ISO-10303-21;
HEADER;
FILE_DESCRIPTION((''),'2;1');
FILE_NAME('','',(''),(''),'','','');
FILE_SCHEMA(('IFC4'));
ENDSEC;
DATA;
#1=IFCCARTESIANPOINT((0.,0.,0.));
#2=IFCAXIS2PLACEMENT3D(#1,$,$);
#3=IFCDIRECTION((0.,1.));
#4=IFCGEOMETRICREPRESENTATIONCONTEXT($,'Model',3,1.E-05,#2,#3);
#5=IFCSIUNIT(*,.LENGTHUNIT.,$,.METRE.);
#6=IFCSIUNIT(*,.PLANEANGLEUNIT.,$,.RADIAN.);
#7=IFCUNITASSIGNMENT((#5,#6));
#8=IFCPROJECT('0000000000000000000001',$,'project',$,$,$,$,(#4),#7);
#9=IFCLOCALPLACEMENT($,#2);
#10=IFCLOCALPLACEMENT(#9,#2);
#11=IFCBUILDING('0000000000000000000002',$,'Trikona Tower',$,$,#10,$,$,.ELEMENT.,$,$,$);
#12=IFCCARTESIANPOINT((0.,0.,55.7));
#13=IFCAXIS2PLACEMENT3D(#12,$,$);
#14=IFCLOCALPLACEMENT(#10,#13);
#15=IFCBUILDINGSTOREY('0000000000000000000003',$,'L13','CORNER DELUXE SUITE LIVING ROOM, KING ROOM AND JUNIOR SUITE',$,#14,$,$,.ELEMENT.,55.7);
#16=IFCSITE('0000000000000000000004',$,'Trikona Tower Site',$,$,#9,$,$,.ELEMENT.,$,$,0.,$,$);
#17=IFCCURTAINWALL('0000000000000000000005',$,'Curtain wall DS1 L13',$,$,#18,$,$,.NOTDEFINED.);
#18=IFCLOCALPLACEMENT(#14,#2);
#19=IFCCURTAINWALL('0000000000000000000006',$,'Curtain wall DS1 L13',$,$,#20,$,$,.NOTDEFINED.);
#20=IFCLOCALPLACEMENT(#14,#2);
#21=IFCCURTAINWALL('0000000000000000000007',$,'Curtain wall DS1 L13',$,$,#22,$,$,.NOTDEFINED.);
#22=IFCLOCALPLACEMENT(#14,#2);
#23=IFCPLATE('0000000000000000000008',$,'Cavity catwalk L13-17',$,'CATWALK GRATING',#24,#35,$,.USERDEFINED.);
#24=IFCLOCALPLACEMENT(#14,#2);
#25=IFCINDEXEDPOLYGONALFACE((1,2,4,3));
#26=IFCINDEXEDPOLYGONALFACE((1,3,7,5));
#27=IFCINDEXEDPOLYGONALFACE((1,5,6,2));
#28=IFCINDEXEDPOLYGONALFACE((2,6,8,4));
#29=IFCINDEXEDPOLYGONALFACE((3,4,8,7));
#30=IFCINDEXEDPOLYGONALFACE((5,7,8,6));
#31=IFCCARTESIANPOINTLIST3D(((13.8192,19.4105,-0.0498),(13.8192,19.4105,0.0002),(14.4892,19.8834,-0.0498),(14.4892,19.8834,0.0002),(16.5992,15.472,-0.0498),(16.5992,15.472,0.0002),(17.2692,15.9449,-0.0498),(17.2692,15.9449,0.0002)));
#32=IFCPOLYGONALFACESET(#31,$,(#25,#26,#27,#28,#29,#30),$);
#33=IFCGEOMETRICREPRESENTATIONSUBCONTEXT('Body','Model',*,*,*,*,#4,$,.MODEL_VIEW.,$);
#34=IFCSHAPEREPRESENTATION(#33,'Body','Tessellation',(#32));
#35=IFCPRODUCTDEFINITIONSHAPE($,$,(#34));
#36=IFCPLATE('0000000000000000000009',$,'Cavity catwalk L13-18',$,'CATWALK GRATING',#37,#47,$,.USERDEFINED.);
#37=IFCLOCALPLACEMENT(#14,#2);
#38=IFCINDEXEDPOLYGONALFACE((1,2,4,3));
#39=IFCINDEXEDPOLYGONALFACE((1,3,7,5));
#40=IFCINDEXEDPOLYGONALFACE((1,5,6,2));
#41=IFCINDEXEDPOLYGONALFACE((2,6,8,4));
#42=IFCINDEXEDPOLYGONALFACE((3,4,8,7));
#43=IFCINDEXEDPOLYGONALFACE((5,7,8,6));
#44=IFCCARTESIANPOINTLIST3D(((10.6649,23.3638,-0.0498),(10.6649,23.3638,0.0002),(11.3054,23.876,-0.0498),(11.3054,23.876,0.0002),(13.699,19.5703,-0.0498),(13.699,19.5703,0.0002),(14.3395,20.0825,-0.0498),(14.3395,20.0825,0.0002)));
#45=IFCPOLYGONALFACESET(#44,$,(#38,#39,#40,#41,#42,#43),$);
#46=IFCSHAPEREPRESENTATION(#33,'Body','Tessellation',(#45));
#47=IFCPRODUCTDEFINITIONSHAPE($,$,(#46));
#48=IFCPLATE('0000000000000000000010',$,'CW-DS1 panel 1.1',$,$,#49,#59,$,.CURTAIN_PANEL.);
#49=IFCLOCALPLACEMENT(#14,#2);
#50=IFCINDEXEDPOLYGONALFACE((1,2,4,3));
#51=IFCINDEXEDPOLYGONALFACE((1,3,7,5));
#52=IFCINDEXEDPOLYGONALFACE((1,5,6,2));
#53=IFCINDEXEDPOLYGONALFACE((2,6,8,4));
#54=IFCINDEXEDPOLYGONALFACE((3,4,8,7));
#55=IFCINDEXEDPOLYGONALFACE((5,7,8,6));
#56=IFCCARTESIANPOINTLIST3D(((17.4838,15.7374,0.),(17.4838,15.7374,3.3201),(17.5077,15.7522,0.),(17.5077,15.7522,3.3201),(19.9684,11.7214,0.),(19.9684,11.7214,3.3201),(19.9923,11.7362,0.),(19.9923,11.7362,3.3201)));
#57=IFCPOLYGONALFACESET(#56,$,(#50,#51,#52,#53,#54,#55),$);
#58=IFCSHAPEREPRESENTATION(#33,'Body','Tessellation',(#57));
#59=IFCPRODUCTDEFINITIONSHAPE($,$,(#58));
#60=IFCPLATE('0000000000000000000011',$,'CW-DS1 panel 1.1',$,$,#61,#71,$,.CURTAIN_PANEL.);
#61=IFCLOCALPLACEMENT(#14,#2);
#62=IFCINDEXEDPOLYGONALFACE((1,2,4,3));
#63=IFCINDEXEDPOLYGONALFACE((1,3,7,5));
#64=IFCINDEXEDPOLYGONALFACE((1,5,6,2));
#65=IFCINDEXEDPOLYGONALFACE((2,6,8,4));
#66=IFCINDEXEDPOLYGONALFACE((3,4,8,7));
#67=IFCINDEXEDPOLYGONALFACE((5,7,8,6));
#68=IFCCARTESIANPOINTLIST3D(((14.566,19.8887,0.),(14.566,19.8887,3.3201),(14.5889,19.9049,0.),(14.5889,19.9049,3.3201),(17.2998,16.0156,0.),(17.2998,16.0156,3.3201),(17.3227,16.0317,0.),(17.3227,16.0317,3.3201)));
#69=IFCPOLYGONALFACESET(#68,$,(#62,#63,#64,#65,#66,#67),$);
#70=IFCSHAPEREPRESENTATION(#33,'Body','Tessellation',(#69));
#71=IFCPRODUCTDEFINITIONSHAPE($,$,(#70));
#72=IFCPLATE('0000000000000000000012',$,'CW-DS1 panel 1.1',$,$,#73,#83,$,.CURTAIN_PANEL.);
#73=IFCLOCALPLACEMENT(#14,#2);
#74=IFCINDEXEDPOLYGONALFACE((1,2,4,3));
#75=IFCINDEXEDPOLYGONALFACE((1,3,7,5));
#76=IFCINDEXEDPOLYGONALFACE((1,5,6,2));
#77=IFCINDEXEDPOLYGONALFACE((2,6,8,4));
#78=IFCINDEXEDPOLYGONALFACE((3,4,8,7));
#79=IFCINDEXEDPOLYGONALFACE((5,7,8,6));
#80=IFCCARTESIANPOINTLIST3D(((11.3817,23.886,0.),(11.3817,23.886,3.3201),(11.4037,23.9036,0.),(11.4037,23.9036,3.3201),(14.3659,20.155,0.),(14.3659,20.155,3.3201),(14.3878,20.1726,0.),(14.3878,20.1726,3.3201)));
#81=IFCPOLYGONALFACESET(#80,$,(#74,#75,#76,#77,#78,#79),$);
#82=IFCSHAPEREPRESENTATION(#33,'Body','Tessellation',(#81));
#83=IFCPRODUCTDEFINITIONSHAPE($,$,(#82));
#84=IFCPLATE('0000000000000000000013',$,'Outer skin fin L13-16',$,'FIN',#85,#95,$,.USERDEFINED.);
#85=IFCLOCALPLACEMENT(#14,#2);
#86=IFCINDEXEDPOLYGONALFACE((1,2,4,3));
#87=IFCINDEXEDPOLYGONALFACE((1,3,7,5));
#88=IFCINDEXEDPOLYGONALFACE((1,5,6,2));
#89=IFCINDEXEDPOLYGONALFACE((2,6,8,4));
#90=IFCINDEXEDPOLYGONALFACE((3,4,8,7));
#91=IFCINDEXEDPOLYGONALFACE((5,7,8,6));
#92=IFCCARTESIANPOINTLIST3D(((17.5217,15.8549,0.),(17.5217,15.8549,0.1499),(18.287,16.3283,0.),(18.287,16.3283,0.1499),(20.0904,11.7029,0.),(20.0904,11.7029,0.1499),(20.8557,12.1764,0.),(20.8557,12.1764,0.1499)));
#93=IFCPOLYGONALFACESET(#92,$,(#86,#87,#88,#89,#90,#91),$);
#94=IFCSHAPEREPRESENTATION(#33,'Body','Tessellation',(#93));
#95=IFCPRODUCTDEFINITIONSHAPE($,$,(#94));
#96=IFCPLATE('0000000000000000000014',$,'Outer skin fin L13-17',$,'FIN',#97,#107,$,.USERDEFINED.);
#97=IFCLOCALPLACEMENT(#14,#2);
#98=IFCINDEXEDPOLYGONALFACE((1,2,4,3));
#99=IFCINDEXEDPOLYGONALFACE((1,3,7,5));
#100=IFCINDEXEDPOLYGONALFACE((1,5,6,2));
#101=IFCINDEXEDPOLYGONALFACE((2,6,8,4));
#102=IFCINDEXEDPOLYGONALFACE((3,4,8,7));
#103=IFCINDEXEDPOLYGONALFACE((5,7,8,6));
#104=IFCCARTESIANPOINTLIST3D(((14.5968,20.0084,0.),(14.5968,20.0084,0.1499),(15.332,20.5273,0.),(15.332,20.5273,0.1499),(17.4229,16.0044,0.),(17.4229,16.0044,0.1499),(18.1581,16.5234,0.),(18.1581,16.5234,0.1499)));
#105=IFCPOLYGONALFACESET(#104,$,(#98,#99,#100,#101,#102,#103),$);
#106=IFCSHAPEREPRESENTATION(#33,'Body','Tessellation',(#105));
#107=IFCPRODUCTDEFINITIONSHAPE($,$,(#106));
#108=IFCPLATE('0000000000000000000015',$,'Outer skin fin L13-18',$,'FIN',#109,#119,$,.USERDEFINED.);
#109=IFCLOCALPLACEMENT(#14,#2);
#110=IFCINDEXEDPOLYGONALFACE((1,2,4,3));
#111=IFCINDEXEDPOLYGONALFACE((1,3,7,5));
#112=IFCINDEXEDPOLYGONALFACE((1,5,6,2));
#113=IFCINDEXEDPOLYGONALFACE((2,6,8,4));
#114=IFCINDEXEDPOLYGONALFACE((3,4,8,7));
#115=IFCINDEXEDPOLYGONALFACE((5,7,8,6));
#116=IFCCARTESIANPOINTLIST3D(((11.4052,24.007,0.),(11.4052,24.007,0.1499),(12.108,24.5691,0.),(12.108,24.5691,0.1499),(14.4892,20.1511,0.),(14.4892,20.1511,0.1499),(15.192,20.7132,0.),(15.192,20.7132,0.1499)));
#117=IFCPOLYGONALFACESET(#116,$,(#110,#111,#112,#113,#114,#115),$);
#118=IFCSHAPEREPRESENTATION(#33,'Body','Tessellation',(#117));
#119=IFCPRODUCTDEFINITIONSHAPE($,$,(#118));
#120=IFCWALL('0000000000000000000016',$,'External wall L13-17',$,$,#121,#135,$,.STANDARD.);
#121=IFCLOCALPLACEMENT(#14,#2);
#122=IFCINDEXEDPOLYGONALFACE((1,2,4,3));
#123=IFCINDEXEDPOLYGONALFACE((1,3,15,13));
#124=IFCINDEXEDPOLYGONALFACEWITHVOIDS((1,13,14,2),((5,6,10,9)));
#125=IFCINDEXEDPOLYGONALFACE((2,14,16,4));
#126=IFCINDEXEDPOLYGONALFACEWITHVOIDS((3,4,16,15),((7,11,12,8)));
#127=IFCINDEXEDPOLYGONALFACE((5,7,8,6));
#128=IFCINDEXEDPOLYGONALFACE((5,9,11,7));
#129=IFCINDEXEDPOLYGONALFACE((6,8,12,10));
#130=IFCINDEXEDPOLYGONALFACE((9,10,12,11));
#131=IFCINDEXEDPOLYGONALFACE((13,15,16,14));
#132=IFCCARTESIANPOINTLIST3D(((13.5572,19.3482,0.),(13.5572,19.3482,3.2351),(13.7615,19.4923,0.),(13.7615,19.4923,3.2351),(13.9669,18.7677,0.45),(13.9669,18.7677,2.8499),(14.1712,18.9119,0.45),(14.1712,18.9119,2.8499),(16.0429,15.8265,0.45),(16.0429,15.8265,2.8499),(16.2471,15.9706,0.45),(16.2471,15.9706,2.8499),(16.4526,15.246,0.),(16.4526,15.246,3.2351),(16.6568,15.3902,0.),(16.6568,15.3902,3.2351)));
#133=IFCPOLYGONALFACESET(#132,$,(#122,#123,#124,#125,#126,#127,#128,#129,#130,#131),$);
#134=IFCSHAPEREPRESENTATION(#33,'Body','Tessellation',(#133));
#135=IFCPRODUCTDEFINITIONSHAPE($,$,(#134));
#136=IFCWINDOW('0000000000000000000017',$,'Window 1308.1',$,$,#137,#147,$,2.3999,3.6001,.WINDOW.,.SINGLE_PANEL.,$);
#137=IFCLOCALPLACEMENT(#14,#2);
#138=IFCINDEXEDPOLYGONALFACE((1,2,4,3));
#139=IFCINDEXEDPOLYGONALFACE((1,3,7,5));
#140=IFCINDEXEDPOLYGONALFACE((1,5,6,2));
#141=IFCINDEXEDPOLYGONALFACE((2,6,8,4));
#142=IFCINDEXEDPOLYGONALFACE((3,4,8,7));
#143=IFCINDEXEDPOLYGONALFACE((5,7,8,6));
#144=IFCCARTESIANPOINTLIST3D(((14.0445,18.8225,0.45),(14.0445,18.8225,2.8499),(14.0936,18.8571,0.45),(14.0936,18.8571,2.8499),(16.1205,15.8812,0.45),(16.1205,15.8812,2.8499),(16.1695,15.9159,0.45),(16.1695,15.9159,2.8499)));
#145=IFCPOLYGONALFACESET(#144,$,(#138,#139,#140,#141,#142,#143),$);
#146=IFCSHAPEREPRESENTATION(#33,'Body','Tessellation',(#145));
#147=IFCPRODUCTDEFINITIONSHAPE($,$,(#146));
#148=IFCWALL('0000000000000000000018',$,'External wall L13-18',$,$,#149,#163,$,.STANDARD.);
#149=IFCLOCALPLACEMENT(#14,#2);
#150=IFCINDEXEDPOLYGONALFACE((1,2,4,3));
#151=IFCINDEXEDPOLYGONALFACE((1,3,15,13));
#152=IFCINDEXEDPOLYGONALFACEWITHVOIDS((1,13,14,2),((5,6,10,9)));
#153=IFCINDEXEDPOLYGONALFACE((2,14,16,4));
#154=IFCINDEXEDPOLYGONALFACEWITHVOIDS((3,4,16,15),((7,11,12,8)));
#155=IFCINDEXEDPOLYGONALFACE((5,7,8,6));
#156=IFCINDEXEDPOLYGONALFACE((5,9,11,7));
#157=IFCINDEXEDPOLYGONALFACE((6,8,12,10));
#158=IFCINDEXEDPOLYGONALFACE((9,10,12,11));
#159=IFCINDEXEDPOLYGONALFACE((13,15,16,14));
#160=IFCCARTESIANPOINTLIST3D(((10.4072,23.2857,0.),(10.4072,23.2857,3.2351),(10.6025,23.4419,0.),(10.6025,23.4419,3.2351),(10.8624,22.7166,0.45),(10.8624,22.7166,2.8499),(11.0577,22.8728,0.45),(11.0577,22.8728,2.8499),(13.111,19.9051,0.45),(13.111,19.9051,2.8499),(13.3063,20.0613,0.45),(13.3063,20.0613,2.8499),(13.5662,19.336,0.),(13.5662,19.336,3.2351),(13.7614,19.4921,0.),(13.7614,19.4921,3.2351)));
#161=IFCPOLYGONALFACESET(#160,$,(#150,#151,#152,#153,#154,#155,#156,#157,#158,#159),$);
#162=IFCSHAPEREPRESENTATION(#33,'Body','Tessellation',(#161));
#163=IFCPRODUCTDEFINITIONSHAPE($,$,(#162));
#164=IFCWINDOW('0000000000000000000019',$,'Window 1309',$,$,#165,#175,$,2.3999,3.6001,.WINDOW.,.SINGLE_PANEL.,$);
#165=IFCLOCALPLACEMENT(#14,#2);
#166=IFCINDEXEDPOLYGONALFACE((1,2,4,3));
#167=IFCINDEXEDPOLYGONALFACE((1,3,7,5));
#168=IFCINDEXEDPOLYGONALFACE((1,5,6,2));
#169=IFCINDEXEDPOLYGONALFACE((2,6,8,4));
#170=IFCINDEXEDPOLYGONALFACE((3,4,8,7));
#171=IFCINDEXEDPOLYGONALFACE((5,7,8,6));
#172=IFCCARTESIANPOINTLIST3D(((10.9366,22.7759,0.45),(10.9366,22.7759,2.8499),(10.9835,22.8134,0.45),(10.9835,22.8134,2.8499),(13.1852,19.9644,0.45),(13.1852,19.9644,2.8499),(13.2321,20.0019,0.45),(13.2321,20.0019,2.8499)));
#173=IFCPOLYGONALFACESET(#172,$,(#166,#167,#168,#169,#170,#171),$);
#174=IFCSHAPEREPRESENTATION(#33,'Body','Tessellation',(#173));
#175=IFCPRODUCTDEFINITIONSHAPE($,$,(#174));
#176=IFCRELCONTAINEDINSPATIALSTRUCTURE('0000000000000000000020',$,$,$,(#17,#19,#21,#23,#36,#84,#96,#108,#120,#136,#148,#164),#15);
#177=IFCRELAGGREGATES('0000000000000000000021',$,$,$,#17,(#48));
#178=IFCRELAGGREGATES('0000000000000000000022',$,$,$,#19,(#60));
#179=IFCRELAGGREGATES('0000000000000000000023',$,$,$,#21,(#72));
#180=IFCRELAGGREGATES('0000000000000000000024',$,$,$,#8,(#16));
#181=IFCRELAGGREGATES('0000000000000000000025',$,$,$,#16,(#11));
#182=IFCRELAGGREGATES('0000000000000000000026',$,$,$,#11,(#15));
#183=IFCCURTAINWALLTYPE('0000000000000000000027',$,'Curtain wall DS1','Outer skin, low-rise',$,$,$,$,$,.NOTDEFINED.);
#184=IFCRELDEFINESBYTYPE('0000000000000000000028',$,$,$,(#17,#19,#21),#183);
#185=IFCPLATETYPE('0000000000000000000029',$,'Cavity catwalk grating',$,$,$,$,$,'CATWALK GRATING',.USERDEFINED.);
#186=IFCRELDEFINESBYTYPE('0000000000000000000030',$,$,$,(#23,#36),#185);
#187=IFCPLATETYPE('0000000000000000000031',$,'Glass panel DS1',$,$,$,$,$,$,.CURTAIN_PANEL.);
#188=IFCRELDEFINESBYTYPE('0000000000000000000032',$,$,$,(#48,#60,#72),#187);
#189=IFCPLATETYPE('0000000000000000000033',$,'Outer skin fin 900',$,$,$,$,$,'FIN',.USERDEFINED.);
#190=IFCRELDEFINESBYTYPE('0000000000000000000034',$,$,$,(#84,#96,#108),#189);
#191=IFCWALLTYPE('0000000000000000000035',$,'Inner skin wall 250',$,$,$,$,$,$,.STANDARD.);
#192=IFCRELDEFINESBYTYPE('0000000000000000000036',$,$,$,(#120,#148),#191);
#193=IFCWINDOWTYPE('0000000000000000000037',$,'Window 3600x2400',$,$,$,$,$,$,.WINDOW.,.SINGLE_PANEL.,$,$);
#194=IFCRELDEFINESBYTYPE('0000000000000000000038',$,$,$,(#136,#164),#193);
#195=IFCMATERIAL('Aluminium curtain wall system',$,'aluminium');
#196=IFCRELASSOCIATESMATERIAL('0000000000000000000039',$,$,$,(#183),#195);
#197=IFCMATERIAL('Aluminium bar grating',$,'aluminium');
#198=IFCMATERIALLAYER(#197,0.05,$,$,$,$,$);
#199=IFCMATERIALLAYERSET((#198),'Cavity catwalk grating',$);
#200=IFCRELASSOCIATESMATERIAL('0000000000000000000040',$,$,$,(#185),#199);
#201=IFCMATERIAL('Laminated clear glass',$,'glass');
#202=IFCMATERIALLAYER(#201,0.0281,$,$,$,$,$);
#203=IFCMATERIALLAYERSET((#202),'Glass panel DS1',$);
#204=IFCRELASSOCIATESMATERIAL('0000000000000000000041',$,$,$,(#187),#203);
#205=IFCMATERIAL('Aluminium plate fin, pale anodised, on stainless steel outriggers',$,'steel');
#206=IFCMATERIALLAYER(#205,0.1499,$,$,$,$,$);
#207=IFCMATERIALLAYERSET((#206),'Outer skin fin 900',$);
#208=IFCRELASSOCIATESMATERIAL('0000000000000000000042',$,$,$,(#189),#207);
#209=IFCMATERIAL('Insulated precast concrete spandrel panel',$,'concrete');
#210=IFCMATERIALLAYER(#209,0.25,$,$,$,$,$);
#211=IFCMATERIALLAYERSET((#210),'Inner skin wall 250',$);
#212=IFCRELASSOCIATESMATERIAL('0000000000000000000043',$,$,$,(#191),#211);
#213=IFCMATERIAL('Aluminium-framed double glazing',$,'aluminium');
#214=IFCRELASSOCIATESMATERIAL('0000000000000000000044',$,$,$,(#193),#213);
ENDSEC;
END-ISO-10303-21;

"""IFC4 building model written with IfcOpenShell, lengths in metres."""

from ifc_helpers import new_model, si_unit, direction, frame, frame_2d, origin, origin_2d, place, context, subcontext, project, spatial, rectangle, extrude, material, layer, layer_set, type_object, element, fill, aggregate, save


model = new_model("IFC4")

# Units and contexts
model_context = context("Model", 3, precision=1e-05, world=origin(), true_north=direction((0.0, 1.0)))
body_context = subcontext(model_context, "Body", "Model", "MODEL_VIEW")
ifc_project = project(units=[si_unit("LENGTHUNIT", "METRE"), si_unit("PLANEANGLEUNIT", "RADIAN")], contexts=[model_context])

# Site, building, storey
site_placement = place(None, origin())
site = spatial("IfcSite", under=ifc_project, at=site_placement, Name="Trikona Tower Site", CompositionType="ELEMENT", RefElevation=0.0)
building_placement = place(site_placement, origin())
building = spatial("IfcBuilding", under=site, at=building_placement, Name="Trikona Tower", CompositionType="ELEMENT")
storey_placement = place(building_placement, frame((0.0, 0.0, 55.7)))
storey = spatial("IfcBuildingStorey", under=building, at=storey_placement, Name="L13", Description="CORNER DELUXE SUITE LIVING ROOM, KING ROOM AND JUNIOR SUITE", CompositionType="ELEMENT", Elevation=55.7)

# Curtain wall
ifc_material_1 = material(Name="Aluminium curtain wall system", Category="aluminium")
curtain_wall_type = type_object("IfcCurtainWallType", Name="Curtain wall DS1", Description="Outer skin, low-rise", PredefinedType="NOTDEFINED", material=ifc_material_1)
curtain_wall_1_placement = place(storey_placement, origin())
curtain_wall_1 = element("IfcCurtainWall", 1, at=curtain_wall_1_placement, inside=storey, type_object=curtain_wall_type, Name="Curtain wall DS1 L13", PredefinedType="NOTDEFINED")

# Curtain walls
curtain_wall_2_placement = place(storey_placement, origin())
curtain_wall_2 = element("IfcCurtainWall", 2, at=curtain_wall_2_placement, inside=storey, type_object=curtain_wall_type, Name="Curtain wall DS1 L13", PredefinedType="NOTDEFINED")
curtain_wall_3_placement = place(storey_placement, origin())
curtain_wall_3 = element("IfcCurtainWall", 3, at=curtain_wall_3_placement, inside=storey, type_object=curtain_wall_type, Name="Curtain wall DS1 L13", PredefinedType="NOTDEFINED")

# Plates
ifc_material_2 = material(Name="Aluminium bar grating", Category="aluminium")
ifc_layer_1 = layer(ifc_material_2, 0.05)
ifc_layer_set_1 = layer_set([ifc_layer_1], Name="Cavity catwalk grating")
plate_type_1 = type_object("IfcPlateType", Name="Cavity catwalk grating", ElementType="CATWALK GRATING", PredefinedType="USERDEFINED", material=ifc_layer_set_1)
plate_1_placement = place(storey_placement, frame((15.5442, 17.6777, -0.0498), z_axis=(0.0, 0.0, 1.0), x_axis=(-0.576662, 0.816983, 0.0)))
element("IfcPlate", 4, at=plate_1_placement, inside=storey, type_object=plate_type_1, Name="Cavity catwalk L13-17", ObjectType="CATWALK GRATING", PredefinedType="USERDEFINED", context=body_context, shape_type="SweptSolid", body=[
    extrude(rectangle(XDim=4.8208, YDim=0.8201, at=origin_2d()), origin(), (0.0, 0.0, 1.0), 0.05),
])
plate_2_placement = place(storey_placement, frame((12.5022, 21.7231, -0.0498), z_axis=(0.0, 0.0, 1.0), x_axis=(-0.624604, 0.780942, 0.0)))
element("IfcPlate", 5, at=plate_2_placement, inside=storey, type_object=plate_type_1, Name="Cavity catwalk L13-18", ObjectType="CATWALK GRATING", PredefinedType="USERDEFINED", context=body_context, shape_type="SweptSolid", body=[
    extrude(rectangle(XDim=4.8577, YDim=0.8201, at=origin_2d()), origin(), (0.0, 0.0, 1.0), 0.05),
])

# Plates
ifc_material_3 = material(Name="Laminated clear glass", Category="glass")
ifc_layer_2 = layer(ifc_material_3, 0.0281)
ifc_layer_set_2 = layer_set([ifc_layer_2], Name="Glass panel DS1")
plate_type_2 = type_object("IfcPlateType", Name="Glass panel DS1", PredefinedType="CURTAIN_PANEL", material=ifc_layer_set_2)
plate_3_placement = place(storey_placement, frame((18.738, 13.7368, 0.0), z_axis=(0.0, 0.0, 1.0), x_axis=(-0.52612, 0.85041, 0.0)))
plate_3 = element("IfcPlate", 6, at=plate_3_placement, type_object=plate_type_2, Name="CW-DS1 panel 1.1", PredefinedType="CURTAIN_PANEL", context=body_context, shape_type="SweptSolid", body=[
    extrude(rectangle(XDim=4.7224, YDim=0.0281, at=origin_2d()), origin(), (0.0, 0.0, 1.0), 3.3201),
])
aggregate(curtain_wall_1, [plate_3])
plate_4_placement = place(storey_placement, frame((15.9443, 17.9602, 0.0), z_axis=(0.0, 0.0, 1.0), x_axis=(-0.576658, 0.816985, 0.0)))
plate_4 = element("IfcPlate", 7, at=plate_4_placement, type_object=plate_type_2, Name="CW-DS1 panel 1.1", PredefinedType="CURTAIN_PANEL", context=body_context, shape_type="SweptSolid", body=[
    extrude(rectangle(XDim=4.7407, YDim=0.0281, at=origin_2d()), origin(), (0.0, 0.0, 1.0), 3.3201),
])
aggregate(curtain_wall_2, [plate_4])
plate_5_placement = place(storey_placement, frame((12.8848, 22.0293, 0.0), z_axis=(0.0, 0.0, 1.0), x_axis=(-0.624609, 0.780938, 0.0)))
plate_5 = element("IfcPlate", 8, at=plate_5_placement, type_object=plate_type_2, Name="CW-DS1 panel 1.1", PredefinedType="CURTAIN_PANEL", context=body_context, shape_type="SweptSolid", body=[
    extrude(rectangle(XDim=4.7776, YDim=0.0281, at=origin_2d()), origin(), (0.0, 0.0, 1.0), 3.3201),
])
aggregate(curtain_wall_3, [plate_5])

# Plates
ifc_material_4 = material(Name="Aluminium plate fin, pale anodised, on stainless steel outriggers", Category="steel")
ifc_layer_3 = layer(ifc_material_4, 0.1499)
ifc_layer_set_3 = layer_set([ifc_layer_3], Name="Outer skin fin 900")
plate_type_3 = type_object("IfcPlateType", Name="Outer skin fin 900", ElementType="FIN", PredefinedType="USERDEFINED", material=ifc_layer_set_3)
plate_6_placement = place(storey_placement, frame((19.1887, 14.0156, 0.0), z_axis=(0.0, 0.0, 1.0), x_axis=(-0.526119, 0.850411, 0.0)))
element("IfcPlate", 9, at=plate_6_placement, inside=storey, type_object=plate_type_3, Name="Outer skin fin L13-16", ObjectType="FIN", PredefinedType="USERDEFINED", context=body_context, shape_type="SweptSolid", body=[
    extrude(rectangle(XDim=4.8823, YDim=0.8999, at=origin_2d()), origin(), (0.0, 0.0, 1.0), 0.1499),
])
plate_7_placement = place(storey_placement, frame((16.3774, 18.2659, 0.0), z_axis=(0.0, 0.0, 1.0), x_axis=(-0.576662, 0.816983, 0.0)))
element("IfcPlate", 10, at=plate_7_placement, inside=storey, type_object=plate_type_3, Name="Outer skin fin L13-17", ObjectType="FIN", PredefinedType="USERDEFINED", context=body_context, shape_type="SweptSolid", body=[
    extrude(rectangle(XDim=4.9009, YDim=0.8999, at=origin_2d()), origin(), (0.0, 0.0, 1.0), 0.1499),
])
plate_8_placement = place(storey_placement, frame((13.2986, 22.3601, 0.0), z_axis=(0.0, 0.0, 1.0), x_axis=(-0.624604, 0.780942, 0.0)))
element("IfcPlate", 11, at=plate_8_placement, inside=storey, type_object=plate_type_3, Name="Outer skin fin L13-18", ObjectType="FIN", PredefinedType="USERDEFINED", context=body_context, shape_type="SweptSolid", body=[
    extrude(rectangle(XDim=4.9375, YDim=0.8999, at=origin_2d()), origin(), (0.0, 0.0, 1.0), 0.1499),
])

# Walls, openings, windows
ifc_material_5 = material(Name="Insulated precast concrete spandrel panel", Category="concrete")
ifc_layer_4 = layer(ifc_material_5, 0.25)
ifc_layer_set_4 = layer_set([ifc_layer_4], Name="Inner skin wall 250")
wall_type = type_object("IfcWallType", Name="Inner skin wall 250", PredefinedType="STANDARD", material=ifc_layer_set_4)
wall_1_placement = place(storey_placement, frame((16.5547, 15.3181, 0.0), z_axis=(0.0, 0.0, 1.0), x_axis=(-0.576643, 0.816996, 0.0)))
wall_1 = element("IfcWall", 12, at=wall_1_placement, inside=storey, type_object=wall_type, Name="External wall L13-17", PredefinedType="STANDARD", context=body_context, shape_type="SweptSolid", body=[
    extrude(rectangle(XDim=5.021, YDim=0.25, at=frame_2d((2.5105, 0.0))), origin(), (0.0, 0.0, 1.0), 3.2351),
])
opening_1_placement = place(wall_1_placement, frame((0.7104, 0.0, 0.45)))
opening_1 = element("IfcOpeningElement", 13, at=opening_1_placement, cuts=wall_1, PredefinedType="OPENING", context=body_context, shape_type="SweptSolid", body=[
    extrude(rectangle(XDim=3.6001, YDim=2.3999, at=frame_2d((1.8, 1.2))), frame((0.0, 0.135, 0.0), z_axis=(0.0, -1.0, 0.0), x_axis=(1.0, 0.0, 0.0)), (0.0, 0.0, 1.0), 0.27),
])
ifc_material_6 = material(Name="Aluminium-framed double glazing", Category="aluminium")
window_type = type_object("IfcWindowType", Name="Window 3600x2400", PartitioningType="SINGLE_PANEL", PredefinedType="WINDOW", material=ifc_material_6)
window_1_placement = place(opening_1_placement, origin())
window_1 = element("IfcWindow", 14, at=window_1_placement, inside=storey, type_object=window_type, Name="Window 1308.1", OverallHeight=2.3999, OverallWidth=3.6001, PartitioningType="SINGLE_PANEL", PredefinedType="WINDOW", context=body_context, shape_type="SweptSolid", body=[
    extrude(rectangle(XDim=3.6001, YDim=2.3999, at=frame_2d((1.8, 1.2))), frame((0.0, 0.03, 0.0), z_axis=(0.0, -1.0, 0.0), x_axis=(1.0, 0.0, 0.0)), (0.0, 0.0, 1.0), 0.0601),
])
fill(opening_1, window_1)
wall_2_placement = place(storey_placement, frame((13.6638, 19.4141, 0.0), z_axis=(0.0, 0.0, 1.0), x_axis=(-0.624595, 0.780949, 0.0)))
wall_2 = element("IfcWall", 15, at=wall_2_placement, inside=storey, type_object=wall_type, Name="External wall L13-18", PredefinedType="STANDARD", context=body_context, shape_type="SweptSolid", body=[
    extrude(rectangle(XDim=5.0576, YDim=0.25, at=frame_2d((2.5288, 0.0))), origin(), (0.0, 0.0, 1.0), 3.2351),
])
opening_2_placement = place(wall_2_placement, frame((0.7288, 0.0, 0.45)))
opening_2 = element("IfcOpeningElement", 16, at=opening_2_placement, cuts=wall_2, PredefinedType="OPENING", context=body_context, shape_type="SweptSolid", body=[
    extrude(rectangle(XDim=3.6001, YDim=2.3999, at=frame_2d((1.8, 1.2))), frame((0.0, 0.135, 0.0), z_axis=(0.0, -1.0, 0.0), x_axis=(1.0, 0.0, 0.0)), (0.0, 0.0, 1.0), 0.27),
])
window_2_placement = place(opening_2_placement, origin())
window_2 = element("IfcWindow", 17, at=window_2_placement, inside=storey, type_object=window_type, Name="Window 1309", OverallHeight=2.3999, OverallWidth=3.6001, PartitioningType="SINGLE_PANEL", PredefinedType="WINDOW", context=body_context, shape_type="SweptSolid", body=[
    extrude(rectangle(XDim=3.6001, YDim=2.3999, at=frame_2d((1.8, 1.2))), frame((0.0, 0.03, 0.0), z_axis=(0.0, -1.0, 0.0), x_axis=(1.0, 0.0, 0.0)), (0.0, 0.0, 1.0), 0.0601),
])
fill(opening_2, window_2)

save(model, "model.ifc")
